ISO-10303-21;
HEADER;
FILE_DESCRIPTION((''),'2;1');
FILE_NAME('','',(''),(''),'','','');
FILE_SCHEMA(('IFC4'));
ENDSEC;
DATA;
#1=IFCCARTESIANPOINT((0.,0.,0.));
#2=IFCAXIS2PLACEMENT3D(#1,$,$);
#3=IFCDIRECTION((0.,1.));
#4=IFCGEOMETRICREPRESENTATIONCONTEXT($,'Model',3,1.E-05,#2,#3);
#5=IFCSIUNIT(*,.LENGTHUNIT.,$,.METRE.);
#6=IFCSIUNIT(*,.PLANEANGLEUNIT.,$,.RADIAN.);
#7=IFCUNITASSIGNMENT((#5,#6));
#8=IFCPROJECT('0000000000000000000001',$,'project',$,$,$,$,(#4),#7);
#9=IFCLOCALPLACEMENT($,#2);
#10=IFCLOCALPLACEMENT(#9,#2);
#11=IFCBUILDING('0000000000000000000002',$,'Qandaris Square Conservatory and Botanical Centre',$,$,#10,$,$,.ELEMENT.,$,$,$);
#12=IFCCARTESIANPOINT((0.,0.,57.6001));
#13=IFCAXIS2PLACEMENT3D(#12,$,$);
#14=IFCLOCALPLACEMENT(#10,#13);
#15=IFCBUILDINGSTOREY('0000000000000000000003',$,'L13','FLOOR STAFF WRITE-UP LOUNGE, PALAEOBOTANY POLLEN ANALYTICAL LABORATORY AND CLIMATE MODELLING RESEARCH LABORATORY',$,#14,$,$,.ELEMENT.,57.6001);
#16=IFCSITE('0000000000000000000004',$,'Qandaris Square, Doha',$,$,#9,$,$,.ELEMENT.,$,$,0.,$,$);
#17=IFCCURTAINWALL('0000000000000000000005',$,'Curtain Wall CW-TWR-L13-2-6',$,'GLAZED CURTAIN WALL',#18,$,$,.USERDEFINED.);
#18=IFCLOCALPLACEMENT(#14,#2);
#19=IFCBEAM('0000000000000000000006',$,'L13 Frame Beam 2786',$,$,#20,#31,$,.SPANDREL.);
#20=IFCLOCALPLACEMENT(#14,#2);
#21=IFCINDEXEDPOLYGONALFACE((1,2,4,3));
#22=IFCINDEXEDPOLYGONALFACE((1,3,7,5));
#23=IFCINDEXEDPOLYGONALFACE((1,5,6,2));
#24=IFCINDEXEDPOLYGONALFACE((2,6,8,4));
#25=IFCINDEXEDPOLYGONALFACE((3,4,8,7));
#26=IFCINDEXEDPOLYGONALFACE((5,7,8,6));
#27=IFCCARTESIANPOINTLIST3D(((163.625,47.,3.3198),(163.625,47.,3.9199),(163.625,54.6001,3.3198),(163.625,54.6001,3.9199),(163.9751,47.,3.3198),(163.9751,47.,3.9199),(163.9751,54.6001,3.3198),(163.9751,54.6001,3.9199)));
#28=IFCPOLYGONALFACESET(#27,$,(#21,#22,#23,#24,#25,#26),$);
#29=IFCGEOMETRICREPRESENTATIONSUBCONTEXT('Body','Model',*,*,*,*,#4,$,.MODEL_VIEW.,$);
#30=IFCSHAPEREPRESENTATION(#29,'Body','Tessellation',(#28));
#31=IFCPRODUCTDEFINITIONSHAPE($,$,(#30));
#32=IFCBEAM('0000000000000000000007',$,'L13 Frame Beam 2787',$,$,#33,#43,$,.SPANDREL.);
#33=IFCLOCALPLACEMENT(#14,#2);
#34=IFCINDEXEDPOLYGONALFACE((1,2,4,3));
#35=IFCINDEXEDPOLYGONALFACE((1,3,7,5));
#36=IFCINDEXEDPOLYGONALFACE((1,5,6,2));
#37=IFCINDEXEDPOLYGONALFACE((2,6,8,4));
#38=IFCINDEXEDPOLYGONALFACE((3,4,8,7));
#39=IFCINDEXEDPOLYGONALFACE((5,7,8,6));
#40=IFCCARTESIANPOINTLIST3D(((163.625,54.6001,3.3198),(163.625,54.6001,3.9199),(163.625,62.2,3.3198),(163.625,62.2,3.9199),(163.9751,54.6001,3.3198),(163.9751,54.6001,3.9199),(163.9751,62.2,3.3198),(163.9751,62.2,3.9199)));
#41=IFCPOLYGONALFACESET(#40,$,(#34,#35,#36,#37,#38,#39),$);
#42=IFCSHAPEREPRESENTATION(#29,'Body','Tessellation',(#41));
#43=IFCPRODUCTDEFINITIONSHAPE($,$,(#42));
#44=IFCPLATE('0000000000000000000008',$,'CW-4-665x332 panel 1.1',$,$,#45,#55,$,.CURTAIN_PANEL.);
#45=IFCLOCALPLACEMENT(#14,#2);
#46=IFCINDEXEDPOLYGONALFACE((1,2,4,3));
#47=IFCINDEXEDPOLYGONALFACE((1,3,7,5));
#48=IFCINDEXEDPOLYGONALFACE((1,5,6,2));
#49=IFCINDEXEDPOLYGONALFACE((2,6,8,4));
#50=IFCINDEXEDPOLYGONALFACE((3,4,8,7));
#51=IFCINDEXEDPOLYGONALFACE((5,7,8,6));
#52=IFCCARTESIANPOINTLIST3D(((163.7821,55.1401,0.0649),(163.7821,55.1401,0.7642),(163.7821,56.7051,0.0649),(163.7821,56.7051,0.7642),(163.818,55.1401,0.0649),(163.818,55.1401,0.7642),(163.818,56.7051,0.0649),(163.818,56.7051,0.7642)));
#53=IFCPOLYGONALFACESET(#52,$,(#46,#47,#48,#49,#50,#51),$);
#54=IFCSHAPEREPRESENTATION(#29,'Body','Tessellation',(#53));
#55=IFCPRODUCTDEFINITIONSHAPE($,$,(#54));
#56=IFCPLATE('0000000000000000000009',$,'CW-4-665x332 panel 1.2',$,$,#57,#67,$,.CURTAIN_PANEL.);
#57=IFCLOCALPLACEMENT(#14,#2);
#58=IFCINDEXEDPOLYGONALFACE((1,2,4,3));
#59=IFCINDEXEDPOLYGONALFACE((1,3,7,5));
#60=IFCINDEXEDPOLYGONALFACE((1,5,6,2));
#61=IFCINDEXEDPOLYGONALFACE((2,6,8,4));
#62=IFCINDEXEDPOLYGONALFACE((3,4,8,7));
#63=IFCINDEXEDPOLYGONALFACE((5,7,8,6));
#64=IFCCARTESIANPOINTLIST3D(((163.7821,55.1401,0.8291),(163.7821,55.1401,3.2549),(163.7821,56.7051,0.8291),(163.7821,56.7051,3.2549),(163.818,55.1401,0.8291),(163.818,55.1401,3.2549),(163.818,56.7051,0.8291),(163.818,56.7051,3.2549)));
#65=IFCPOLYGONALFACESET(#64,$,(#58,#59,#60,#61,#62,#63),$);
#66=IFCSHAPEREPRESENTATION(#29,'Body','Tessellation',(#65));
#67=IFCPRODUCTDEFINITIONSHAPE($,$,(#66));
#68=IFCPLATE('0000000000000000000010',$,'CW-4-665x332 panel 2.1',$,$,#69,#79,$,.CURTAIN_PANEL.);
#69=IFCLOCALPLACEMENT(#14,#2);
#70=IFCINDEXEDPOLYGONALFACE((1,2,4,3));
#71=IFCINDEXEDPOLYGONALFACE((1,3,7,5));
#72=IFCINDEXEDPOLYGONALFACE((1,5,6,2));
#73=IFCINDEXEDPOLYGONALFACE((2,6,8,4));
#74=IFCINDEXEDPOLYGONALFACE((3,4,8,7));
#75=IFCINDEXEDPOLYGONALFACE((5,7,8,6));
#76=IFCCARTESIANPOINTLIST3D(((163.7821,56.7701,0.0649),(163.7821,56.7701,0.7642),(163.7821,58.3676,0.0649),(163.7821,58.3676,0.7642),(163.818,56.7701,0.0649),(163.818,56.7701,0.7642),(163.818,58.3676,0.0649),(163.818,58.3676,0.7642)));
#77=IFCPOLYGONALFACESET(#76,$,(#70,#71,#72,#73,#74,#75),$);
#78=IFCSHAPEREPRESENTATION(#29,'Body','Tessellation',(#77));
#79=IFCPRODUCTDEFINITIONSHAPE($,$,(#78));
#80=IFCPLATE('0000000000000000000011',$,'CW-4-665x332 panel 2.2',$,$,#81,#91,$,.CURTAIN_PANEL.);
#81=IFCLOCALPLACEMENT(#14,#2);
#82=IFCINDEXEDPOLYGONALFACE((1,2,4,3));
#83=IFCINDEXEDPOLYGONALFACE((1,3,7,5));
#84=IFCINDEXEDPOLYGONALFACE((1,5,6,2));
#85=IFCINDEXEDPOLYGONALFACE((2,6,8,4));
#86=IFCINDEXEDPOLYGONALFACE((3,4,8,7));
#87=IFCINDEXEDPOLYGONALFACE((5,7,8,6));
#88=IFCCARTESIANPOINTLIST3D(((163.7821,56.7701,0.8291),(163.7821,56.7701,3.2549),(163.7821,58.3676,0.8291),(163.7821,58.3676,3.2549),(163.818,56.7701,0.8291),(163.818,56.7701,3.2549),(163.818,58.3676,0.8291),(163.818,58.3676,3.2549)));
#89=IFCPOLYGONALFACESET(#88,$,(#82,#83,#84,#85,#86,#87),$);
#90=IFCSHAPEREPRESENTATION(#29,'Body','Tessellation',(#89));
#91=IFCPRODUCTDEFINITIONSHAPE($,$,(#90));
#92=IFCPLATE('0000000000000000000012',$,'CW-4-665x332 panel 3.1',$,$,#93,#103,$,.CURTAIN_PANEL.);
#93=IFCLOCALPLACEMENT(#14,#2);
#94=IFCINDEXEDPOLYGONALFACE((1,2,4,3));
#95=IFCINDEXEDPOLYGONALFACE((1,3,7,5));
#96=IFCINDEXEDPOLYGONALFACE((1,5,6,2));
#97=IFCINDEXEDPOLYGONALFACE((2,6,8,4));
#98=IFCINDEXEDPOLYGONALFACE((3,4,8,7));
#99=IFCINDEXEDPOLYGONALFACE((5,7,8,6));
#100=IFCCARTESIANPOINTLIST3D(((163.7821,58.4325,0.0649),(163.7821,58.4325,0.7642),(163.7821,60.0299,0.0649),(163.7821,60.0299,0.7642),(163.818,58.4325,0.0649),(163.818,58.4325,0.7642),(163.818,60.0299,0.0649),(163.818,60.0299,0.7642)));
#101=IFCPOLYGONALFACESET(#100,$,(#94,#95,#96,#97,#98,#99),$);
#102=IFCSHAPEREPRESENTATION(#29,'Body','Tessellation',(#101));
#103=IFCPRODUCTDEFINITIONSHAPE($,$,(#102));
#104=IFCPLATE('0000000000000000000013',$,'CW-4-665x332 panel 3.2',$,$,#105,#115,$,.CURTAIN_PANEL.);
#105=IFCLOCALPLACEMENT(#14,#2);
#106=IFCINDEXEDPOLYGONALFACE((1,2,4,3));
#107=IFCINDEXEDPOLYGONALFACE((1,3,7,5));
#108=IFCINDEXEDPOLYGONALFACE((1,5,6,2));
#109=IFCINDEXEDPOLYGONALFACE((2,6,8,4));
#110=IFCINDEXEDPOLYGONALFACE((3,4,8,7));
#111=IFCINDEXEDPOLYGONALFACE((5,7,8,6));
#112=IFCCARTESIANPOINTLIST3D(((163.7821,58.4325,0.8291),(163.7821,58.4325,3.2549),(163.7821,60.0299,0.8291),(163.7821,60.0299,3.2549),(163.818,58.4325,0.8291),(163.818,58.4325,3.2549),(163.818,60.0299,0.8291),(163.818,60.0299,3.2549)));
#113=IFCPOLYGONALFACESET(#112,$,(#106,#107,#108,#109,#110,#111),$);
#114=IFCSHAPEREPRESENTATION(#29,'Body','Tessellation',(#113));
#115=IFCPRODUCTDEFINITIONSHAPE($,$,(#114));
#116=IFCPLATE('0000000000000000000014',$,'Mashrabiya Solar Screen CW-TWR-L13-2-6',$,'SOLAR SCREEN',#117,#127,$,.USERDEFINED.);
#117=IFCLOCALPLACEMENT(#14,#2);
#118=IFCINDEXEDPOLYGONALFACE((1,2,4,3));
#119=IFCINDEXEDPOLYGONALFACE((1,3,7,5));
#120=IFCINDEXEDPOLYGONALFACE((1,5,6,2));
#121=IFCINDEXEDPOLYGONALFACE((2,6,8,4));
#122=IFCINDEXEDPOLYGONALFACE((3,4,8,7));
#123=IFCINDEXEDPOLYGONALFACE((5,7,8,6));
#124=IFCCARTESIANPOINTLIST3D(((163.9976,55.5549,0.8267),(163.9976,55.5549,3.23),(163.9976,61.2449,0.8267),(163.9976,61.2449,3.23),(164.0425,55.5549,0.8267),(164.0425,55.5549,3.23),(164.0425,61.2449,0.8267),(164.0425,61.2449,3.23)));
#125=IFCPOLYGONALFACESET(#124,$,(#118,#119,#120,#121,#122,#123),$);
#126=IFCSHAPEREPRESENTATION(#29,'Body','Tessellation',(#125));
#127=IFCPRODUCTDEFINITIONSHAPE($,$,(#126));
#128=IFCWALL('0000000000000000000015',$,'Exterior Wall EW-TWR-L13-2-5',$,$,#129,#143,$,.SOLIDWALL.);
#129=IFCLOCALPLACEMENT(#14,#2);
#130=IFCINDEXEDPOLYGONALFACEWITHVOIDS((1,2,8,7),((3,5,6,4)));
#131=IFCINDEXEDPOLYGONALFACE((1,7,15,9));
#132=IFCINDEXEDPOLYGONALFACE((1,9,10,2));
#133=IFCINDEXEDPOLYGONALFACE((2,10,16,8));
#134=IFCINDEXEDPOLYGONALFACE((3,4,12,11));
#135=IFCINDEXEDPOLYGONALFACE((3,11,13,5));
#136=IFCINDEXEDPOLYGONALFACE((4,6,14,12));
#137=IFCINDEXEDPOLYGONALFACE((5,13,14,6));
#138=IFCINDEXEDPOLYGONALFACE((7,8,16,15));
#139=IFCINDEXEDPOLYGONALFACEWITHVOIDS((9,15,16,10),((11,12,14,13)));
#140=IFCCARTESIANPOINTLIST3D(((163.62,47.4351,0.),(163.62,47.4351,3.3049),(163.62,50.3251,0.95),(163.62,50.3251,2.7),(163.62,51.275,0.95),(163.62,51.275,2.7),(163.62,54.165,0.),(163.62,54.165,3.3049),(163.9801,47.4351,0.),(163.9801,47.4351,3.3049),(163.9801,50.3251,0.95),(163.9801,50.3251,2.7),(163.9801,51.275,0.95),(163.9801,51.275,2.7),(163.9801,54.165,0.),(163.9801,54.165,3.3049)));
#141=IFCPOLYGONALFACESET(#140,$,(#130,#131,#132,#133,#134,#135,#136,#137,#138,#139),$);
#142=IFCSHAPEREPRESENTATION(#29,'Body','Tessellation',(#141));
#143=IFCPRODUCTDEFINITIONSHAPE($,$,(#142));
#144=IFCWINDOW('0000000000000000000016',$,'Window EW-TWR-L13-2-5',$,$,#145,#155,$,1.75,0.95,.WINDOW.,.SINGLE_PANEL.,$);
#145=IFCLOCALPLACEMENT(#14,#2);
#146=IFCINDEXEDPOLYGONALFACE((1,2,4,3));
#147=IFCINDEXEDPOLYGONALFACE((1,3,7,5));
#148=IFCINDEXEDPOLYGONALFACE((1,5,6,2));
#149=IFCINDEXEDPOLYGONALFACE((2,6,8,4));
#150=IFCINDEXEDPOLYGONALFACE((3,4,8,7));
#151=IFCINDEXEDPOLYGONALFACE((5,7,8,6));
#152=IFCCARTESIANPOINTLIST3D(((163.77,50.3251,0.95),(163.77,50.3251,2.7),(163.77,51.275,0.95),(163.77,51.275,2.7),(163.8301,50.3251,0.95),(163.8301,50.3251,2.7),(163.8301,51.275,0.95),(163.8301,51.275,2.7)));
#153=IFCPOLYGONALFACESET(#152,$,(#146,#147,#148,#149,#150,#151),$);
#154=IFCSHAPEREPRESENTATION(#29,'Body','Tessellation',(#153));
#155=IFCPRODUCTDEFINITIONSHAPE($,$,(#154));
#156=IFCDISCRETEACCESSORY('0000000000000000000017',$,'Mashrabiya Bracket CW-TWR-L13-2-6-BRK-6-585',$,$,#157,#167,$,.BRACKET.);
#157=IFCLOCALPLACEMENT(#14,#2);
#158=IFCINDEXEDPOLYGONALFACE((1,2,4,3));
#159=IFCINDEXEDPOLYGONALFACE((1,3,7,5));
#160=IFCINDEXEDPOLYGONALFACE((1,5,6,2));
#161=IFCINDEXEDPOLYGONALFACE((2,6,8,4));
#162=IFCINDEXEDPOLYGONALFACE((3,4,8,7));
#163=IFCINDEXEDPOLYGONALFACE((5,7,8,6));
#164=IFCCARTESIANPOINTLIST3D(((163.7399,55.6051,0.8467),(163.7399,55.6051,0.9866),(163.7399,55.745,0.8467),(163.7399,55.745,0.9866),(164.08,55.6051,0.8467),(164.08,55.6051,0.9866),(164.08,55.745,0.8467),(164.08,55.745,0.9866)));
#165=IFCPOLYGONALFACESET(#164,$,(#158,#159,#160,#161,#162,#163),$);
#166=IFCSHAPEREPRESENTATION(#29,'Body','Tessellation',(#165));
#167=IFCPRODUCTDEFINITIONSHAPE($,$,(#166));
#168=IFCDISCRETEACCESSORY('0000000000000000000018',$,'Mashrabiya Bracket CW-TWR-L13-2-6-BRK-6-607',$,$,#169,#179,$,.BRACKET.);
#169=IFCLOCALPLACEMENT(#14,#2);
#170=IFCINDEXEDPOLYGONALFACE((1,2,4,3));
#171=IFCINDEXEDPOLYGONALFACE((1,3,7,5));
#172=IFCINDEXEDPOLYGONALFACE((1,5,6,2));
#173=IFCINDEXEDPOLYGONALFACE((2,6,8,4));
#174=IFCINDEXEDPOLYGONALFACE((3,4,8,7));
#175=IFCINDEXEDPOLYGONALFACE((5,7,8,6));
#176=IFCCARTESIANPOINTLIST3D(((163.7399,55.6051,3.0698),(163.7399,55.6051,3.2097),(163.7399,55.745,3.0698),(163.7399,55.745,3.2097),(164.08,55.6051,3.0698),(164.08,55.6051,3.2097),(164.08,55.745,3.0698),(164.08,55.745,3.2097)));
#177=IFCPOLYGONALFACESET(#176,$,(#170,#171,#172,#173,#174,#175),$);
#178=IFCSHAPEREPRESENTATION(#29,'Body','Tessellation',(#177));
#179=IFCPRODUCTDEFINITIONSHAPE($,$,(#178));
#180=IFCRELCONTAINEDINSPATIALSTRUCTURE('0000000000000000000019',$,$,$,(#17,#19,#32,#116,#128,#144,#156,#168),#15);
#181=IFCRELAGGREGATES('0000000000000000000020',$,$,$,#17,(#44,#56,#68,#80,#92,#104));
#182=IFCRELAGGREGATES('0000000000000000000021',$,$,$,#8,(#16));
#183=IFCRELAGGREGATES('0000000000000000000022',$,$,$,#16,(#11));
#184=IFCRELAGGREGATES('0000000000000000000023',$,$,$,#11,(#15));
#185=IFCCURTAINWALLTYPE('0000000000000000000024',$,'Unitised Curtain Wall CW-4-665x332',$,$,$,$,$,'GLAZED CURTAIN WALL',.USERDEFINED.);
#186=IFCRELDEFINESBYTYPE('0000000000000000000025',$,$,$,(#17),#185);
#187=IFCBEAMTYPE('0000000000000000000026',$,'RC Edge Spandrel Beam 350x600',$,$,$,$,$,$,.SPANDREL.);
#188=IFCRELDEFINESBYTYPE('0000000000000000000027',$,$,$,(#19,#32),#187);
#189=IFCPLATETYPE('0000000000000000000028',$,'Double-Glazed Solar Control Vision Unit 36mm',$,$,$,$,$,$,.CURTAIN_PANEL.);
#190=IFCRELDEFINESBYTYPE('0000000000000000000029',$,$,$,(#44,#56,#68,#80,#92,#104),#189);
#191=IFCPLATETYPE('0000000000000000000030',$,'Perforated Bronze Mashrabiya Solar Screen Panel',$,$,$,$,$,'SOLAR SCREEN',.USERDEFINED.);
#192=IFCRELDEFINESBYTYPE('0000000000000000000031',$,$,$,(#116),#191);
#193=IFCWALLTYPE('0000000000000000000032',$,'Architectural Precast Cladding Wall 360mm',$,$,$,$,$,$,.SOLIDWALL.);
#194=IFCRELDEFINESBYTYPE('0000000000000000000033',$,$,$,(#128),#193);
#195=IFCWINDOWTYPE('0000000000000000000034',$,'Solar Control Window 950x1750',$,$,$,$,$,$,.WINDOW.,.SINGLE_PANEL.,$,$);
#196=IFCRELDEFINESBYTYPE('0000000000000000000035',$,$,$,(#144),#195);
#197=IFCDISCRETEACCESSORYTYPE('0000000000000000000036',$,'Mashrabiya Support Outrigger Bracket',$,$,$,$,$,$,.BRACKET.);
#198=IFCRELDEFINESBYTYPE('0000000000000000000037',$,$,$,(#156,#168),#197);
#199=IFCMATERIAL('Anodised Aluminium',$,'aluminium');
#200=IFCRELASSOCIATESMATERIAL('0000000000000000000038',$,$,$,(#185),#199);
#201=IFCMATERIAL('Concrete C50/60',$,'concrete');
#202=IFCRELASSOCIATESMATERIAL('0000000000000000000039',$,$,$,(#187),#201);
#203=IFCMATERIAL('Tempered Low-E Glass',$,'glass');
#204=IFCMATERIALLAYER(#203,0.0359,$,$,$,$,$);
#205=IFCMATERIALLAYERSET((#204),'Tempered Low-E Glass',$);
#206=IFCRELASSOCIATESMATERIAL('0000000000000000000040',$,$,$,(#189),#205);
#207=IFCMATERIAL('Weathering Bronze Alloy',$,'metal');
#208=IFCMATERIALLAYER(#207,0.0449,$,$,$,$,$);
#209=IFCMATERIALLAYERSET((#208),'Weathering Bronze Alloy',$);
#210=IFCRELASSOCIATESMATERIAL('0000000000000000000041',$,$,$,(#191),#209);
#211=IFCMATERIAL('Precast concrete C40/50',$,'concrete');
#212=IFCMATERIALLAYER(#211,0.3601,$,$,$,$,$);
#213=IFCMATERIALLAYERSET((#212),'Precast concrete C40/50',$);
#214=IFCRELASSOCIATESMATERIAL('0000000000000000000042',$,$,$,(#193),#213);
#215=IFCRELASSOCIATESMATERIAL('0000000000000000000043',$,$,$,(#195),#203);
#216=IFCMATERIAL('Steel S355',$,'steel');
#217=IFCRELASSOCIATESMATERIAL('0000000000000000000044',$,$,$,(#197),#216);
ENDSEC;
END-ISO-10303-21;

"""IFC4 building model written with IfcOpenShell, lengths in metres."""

from ifc_helpers import new_model, si_unit, direction, frame, frame_2d, origin, origin_2d, place, context, subcontext, project, spatial, rectangle, extrude, material, layer, layer_set, material_profile, profile_set, type_object, element, fill, aggregate, save


model = new_model("IFC4")

# Units and contexts
model_context = context("Model", 3, precision=1e-05, world=origin(), true_north=direction((0.0, 1.0)))
body_context = subcontext(model_context, "Body", "Model", "MODEL_VIEW")
ifc_project = project(units=[si_unit("LENGTHUNIT", "METRE"), si_unit("PLANEANGLEUNIT", "RADIAN")], contexts=[model_context])

# Site, building, storey
site_placement = place(None, origin())
site = spatial("IfcSite", under=ifc_project, at=site_placement, Name="Qandaris Square, Doha", CompositionType="ELEMENT", RefElevation=0.0)
building_placement = place(site_placement, origin())
building = spatial("IfcBuilding", under=site, at=building_placement, Name="Qandaris Square Conservatory and Botanical Centre", CompositionType="ELEMENT")
storey_placement = place(building_placement, frame((0.0, 0.0, 57.6001)))
storey = spatial("IfcBuildingStorey", under=building, at=storey_placement, Name="L13", Description="FLOOR STAFF WRITE-UP LOUNGE, PALAEOBOTANY POLLEN ANALYTICAL LABORATORY AND CLIMATE MODELLING RESEARCH LABORATORY", CompositionType="ELEMENT", Elevation=57.6001)

# Shared definitions
ifc_material_1 = material(Name="Concrete C50/60", Category="concrete")

# Curtain wall
ifc_material_2 = material(Name="Anodised Aluminium", Category="aluminium")
curtain_wall_type = type_object("IfcCurtainWallType", Name="Unitised Curtain Wall CW-4-665x332", ElementType="GLAZED CURTAIN WALL", PredefinedType="USERDEFINED", material=ifc_material_2)
curtain_wall_placement = place(storey_placement, origin())
curtain_wall = element("IfcCurtainWall", 1, at=curtain_wall_placement, inside=storey, type_object=curtain_wall_type, Name="Curtain Wall CW-TWR-L13-2-6", ObjectType="GLAZED CURTAIN WALL", PredefinedType="USERDEFINED")

# Beams
ifc_material_profile_1 = material_profile(ifc_material_1, rectangle(XDim=0.3501, YDim=0.6001, at=origin_2d()), Name="RC-SP 350x600")
ifc_profile_set_1 = profile_set([ifc_material_profile_1], Name="Concrete C50/60")
beam_type = type_object("IfcBeamType", Name="RC Edge Spandrel Beam 350x600", PredefinedType="SPANDREL", material=ifc_profile_set_1)
beam_1_placement = place(storey_placement, frame((163.8, 47.0, 3.6199), z_axis=(0.0, 1.0, 0.0), x_axis=(-1.0, 0.0, 0.0)))
element("IfcBeam", 2, at=beam_1_placement, inside=storey, type_object=beam_type, Name="L13 Frame Beam 2786", PredefinedType="SPANDREL", context=body_context, shape_type="SweptSolid", body=[
    extrude(rectangle(XDim=0.3501, YDim=0.6001, at=origin_2d()), origin(), (0.0, 0.0, 1.0), 7.6001),
])
beam_2_placement = place(storey_placement, frame((163.8, 54.6001, 3.6199), z_axis=(0.0, 1.0, 0.0), x_axis=(-1.0, 0.0, 0.0)))
element("IfcBeam", 3, at=beam_2_placement, inside=storey, type_object=beam_type, Name="L13 Frame Beam 2787", PredefinedType="SPANDREL", context=body_context, shape_type="SweptSolid", body=[
    extrude(rectangle(XDim=0.3501, YDim=0.6001, at=origin_2d()), origin(), (0.0, 0.0, 1.0), 7.5999),
])

# Plates
ifc_material_3 = material(Name="Tempered Low-E Glass", Category="glass")
ifc_layer_1 = layer(ifc_material_3, 0.0359)
ifc_layer_set_1 = layer_set([ifc_layer_1], Name="Tempered Low-E Glass")
plate_type_1 = type_object("IfcPlateType", Name="Double-Glazed Solar Control Vision Unit 36mm", PredefinedType="CURTAIN_PANEL", material=ifc_layer_set_1)
plate_1_placement = place(storey_placement, frame((163.8, 55.9226, 0.0649), z_axis=(0.0, 0.0, 1.0), x_axis=(0.0, 1.0, 0.0)))
plate_1 = element("IfcPlate", 4, at=plate_1_placement, type_object=plate_type_1, Name="CW-4-665x332 panel 1.1", PredefinedType="CURTAIN_PANEL", context=body_context, shape_type="SweptSolid", body=[
    extrude(rectangle(XDim=1.5649, YDim=0.0359, at=origin_2d()), origin(), (0.0, 0.0, 1.0), 0.6992),
])
plate_2_placement = place(storey_placement, frame((163.8, 55.9226, 0.8291), z_axis=(0.0, 0.0, 1.0), x_axis=(0.0, 1.0, 0.0)))
plate_2 = element("IfcPlate", 5, at=plate_2_placement, type_object=plate_type_1, Name="CW-4-665x332 panel 1.2", PredefinedType="CURTAIN_PANEL", context=body_context, shape_type="SweptSolid", body=[
    extrude(rectangle(XDim=1.5649, YDim=0.0359, at=origin_2d()), origin(), (0.0, 0.0, 1.0), 2.4258),
])
plate_3_placement = place(storey_placement, frame((163.8, 57.5688, 0.0649), z_axis=(0.0, 0.0, 1.0), x_axis=(0.0, 1.0, 0.0)))
plate_3 = element("IfcPlate", 6, at=plate_3_placement, type_object=plate_type_1, Name="CW-4-665x332 panel 2.1", PredefinedType="CURTAIN_PANEL", context=body_context, shape_type="SweptSolid", body=[
    extrude(rectangle(XDim=1.5974, YDim=0.0359, at=origin_2d()), origin(), (0.0, 0.0, 1.0), 0.6992),
])
plate_4_placement = place(storey_placement, frame((163.8, 57.5688, 0.8291), z_axis=(0.0, 0.0, 1.0), x_axis=(0.0, 1.0, 0.0)))
plate_4 = element("IfcPlate", 7, at=plate_4_placement, type_object=plate_type_1, Name="CW-4-665x332 panel 2.2", PredefinedType="CURTAIN_PANEL", context=body_context, shape_type="SweptSolid", body=[
    extrude(rectangle(XDim=1.5974, YDim=0.0359, at=origin_2d()), origin(), (0.0, 0.0, 1.0), 2.4258),
])
plate_5_placement = place(storey_placement, frame((163.8, 59.2312, 0.0649), z_axis=(0.0, 0.0, 1.0), x_axis=(0.0, 1.0, 0.0)))
plate_5 = element("IfcPlate", 8, at=plate_5_placement, type_object=plate_type_1, Name="CW-4-665x332 panel 3.1", PredefinedType="CURTAIN_PANEL", context=body_context, shape_type="SweptSolid", body=[
    extrude(rectangle(XDim=1.5974, YDim=0.0359, at=origin_2d()), origin(), (0.0, 0.0, 1.0), 0.6992),
])
plate_6_placement = place(storey_placement, frame((163.8, 59.2312, 0.8291), z_axis=(0.0, 0.0, 1.0), x_axis=(0.0, 1.0, 0.0)))
plate_6 = element("IfcPlate", 9, at=plate_6_placement, type_object=plate_type_1, Name="CW-4-665x332 panel 3.2", PredefinedType="CURTAIN_PANEL", context=body_context, shape_type="SweptSolid", body=[
    extrude(rectangle(XDim=1.5974, YDim=0.0359, at=origin_2d()), origin(), (0.0, 0.0, 1.0), 2.4258),
])
aggregate(curtain_wall, [plate_1, plate_2, plate_3, plate_4, plate_5, plate_6])
ifc_material_4 = material(Name="Weathering Bronze Alloy", Category="metal")
ifc_layer_2 = layer(ifc_material_4, 0.0449)
ifc_layer_set_2 = layer_set([ifc_layer_2], Name="Weathering Bronze Alloy")
plate_type_2 = type_object("IfcPlateType", Name="Perforated Bronze Mashrabiya Solar Screen Panel", ElementType="SOLAR SCREEN", PredefinedType="USERDEFINED", material=ifc_layer_set_2)
plate_7_placement = place(storey_placement, frame((164.02, 58.3999, 0.8267), z_axis=(0.0, 0.0, 1.0), x_axis=(0.0, 1.0, 0.0)))
element("IfcPlate", 10, at=plate_7_placement, inside=storey, type_object=plate_type_2, Name="Mashrabiya Solar Screen CW-TWR-L13-2-6", ObjectType="SOLAR SCREEN", PredefinedType="USERDEFINED", context=body_context, shape_type="SweptSolid", body=[
    extrude(rectangle(XDim=5.6899, YDim=0.0449, at=origin_2d()), origin(), (0.0, 0.0, 1.0), 2.4033),
])

# Wall, opening, window
ifc_material_5 = material(Name="Precast concrete C40/50", Category="concrete")
ifc_layer_3 = layer(ifc_material_5, 0.3601)
ifc_layer_set_3 = layer_set([ifc_layer_3], Name="Precast concrete C40/50")
wall_type = type_object("IfcWallType", Name="Architectural Precast Cladding Wall 360mm", PredefinedType="SOLIDWALL", material=ifc_layer_set_3)
wall_placement = place(storey_placement, frame((163.8, 47.4351, 0.0), z_axis=(0.0, 0.0, 1.0), x_axis=(0.0, 1.0, 0.0)))
wall = element("IfcWall", 11, at=wall_placement, inside=storey, type_object=wall_type, Name="Exterior Wall EW-TWR-L13-2-5", PredefinedType="SOLIDWALL", context=body_context, shape_type="SweptSolid", body=[
    extrude(rectangle(XDim=6.73, YDim=0.3601, at=frame_2d((3.365, 0.0))), origin(), (0.0, 0.0, 1.0), 3.3049),
])
opening_placement = place(wall_placement, frame((2.8899, 0.0, 0.95)))
opening = element("IfcOpeningElement", 12, at=opening_placement, cuts=wall, PredefinedType="OPENING", context=body_context, shape_type="SweptSolid", body=[
    extrude(rectangle(XDim=0.95, YDim=1.75, at=frame_2d((0.4751, 0.875))), frame((0.0, 0.1919, 0.0), z_axis=(0.0, -1.0, 0.0), x_axis=(1.0, 0.0, 0.0)), (0.0, 0.0, 1.0), 0.384),
])
window_type = type_object("IfcWindowType", Name="Solar Control Window 950x1750", PartitioningType="SINGLE_PANEL", PredefinedType="WINDOW", material=ifc_material_3)
window_placement = place(opening_placement, origin())
window = element("IfcWindow", 13, at=window_placement, inside=storey, type_object=window_type, Name="Window EW-TWR-L13-2-5", OverallHeight=1.75, OverallWidth=0.95, PartitioningType="SINGLE_PANEL", PredefinedType="WINDOW", context=body_context, shape_type="SweptSolid", body=[
    extrude(rectangle(XDim=0.95, YDim=1.75, at=frame_2d((0.4751, 0.875))), frame((0.0, 0.03, 0.0), z_axis=(0.0, -1.0, 0.0), x_axis=(1.0, 0.0, 0.0)), (0.0, 0.0, 1.0), 0.0601),
])
fill(opening, window)

# Discrete accessories
ifc_material_6 = material(Name="Steel S355", Category="steel")
discrete_accessory_type = type_object("IfcDiscreteAccessoryType", Name="Mashrabiya Support Outrigger Bracket", PredefinedType="BRACKET", material=ifc_material_6)
for number, where, z_axis, x_axis, name in (
    (14, (163.9099, 55.675, 0.8467), (0.0, 0.0, 1.0), (0.0, 1.0, 0.0), "Mashrabiya Bracket CW-TWR-L13-2-6-BRK-6-585"),
    (15, (163.9099, 55.675, 3.0698), (0.0, 0.0, 1.0), (0.0, 1.0, 0.0), "Mashrabiya Bracket CW-TWR-L13-2-6-BRK-6-607"),
):
    element("IfcDiscreteAccessory", number, at=place(storey_placement, frame(where, z_axis=z_axis, x_axis=x_axis)), inside=storey, type_object=discrete_accessory_type, Name=name, PredefinedType="BRACKET", context=body_context, shape_type="SweptSolid", body=[
        extrude(rectangle(XDim=0.1399, YDim=0.3401, at=origin_2d()), origin(), (0.0, 0.0, 1.0), 0.1399),
    ])

save(model, "model.ifc")
